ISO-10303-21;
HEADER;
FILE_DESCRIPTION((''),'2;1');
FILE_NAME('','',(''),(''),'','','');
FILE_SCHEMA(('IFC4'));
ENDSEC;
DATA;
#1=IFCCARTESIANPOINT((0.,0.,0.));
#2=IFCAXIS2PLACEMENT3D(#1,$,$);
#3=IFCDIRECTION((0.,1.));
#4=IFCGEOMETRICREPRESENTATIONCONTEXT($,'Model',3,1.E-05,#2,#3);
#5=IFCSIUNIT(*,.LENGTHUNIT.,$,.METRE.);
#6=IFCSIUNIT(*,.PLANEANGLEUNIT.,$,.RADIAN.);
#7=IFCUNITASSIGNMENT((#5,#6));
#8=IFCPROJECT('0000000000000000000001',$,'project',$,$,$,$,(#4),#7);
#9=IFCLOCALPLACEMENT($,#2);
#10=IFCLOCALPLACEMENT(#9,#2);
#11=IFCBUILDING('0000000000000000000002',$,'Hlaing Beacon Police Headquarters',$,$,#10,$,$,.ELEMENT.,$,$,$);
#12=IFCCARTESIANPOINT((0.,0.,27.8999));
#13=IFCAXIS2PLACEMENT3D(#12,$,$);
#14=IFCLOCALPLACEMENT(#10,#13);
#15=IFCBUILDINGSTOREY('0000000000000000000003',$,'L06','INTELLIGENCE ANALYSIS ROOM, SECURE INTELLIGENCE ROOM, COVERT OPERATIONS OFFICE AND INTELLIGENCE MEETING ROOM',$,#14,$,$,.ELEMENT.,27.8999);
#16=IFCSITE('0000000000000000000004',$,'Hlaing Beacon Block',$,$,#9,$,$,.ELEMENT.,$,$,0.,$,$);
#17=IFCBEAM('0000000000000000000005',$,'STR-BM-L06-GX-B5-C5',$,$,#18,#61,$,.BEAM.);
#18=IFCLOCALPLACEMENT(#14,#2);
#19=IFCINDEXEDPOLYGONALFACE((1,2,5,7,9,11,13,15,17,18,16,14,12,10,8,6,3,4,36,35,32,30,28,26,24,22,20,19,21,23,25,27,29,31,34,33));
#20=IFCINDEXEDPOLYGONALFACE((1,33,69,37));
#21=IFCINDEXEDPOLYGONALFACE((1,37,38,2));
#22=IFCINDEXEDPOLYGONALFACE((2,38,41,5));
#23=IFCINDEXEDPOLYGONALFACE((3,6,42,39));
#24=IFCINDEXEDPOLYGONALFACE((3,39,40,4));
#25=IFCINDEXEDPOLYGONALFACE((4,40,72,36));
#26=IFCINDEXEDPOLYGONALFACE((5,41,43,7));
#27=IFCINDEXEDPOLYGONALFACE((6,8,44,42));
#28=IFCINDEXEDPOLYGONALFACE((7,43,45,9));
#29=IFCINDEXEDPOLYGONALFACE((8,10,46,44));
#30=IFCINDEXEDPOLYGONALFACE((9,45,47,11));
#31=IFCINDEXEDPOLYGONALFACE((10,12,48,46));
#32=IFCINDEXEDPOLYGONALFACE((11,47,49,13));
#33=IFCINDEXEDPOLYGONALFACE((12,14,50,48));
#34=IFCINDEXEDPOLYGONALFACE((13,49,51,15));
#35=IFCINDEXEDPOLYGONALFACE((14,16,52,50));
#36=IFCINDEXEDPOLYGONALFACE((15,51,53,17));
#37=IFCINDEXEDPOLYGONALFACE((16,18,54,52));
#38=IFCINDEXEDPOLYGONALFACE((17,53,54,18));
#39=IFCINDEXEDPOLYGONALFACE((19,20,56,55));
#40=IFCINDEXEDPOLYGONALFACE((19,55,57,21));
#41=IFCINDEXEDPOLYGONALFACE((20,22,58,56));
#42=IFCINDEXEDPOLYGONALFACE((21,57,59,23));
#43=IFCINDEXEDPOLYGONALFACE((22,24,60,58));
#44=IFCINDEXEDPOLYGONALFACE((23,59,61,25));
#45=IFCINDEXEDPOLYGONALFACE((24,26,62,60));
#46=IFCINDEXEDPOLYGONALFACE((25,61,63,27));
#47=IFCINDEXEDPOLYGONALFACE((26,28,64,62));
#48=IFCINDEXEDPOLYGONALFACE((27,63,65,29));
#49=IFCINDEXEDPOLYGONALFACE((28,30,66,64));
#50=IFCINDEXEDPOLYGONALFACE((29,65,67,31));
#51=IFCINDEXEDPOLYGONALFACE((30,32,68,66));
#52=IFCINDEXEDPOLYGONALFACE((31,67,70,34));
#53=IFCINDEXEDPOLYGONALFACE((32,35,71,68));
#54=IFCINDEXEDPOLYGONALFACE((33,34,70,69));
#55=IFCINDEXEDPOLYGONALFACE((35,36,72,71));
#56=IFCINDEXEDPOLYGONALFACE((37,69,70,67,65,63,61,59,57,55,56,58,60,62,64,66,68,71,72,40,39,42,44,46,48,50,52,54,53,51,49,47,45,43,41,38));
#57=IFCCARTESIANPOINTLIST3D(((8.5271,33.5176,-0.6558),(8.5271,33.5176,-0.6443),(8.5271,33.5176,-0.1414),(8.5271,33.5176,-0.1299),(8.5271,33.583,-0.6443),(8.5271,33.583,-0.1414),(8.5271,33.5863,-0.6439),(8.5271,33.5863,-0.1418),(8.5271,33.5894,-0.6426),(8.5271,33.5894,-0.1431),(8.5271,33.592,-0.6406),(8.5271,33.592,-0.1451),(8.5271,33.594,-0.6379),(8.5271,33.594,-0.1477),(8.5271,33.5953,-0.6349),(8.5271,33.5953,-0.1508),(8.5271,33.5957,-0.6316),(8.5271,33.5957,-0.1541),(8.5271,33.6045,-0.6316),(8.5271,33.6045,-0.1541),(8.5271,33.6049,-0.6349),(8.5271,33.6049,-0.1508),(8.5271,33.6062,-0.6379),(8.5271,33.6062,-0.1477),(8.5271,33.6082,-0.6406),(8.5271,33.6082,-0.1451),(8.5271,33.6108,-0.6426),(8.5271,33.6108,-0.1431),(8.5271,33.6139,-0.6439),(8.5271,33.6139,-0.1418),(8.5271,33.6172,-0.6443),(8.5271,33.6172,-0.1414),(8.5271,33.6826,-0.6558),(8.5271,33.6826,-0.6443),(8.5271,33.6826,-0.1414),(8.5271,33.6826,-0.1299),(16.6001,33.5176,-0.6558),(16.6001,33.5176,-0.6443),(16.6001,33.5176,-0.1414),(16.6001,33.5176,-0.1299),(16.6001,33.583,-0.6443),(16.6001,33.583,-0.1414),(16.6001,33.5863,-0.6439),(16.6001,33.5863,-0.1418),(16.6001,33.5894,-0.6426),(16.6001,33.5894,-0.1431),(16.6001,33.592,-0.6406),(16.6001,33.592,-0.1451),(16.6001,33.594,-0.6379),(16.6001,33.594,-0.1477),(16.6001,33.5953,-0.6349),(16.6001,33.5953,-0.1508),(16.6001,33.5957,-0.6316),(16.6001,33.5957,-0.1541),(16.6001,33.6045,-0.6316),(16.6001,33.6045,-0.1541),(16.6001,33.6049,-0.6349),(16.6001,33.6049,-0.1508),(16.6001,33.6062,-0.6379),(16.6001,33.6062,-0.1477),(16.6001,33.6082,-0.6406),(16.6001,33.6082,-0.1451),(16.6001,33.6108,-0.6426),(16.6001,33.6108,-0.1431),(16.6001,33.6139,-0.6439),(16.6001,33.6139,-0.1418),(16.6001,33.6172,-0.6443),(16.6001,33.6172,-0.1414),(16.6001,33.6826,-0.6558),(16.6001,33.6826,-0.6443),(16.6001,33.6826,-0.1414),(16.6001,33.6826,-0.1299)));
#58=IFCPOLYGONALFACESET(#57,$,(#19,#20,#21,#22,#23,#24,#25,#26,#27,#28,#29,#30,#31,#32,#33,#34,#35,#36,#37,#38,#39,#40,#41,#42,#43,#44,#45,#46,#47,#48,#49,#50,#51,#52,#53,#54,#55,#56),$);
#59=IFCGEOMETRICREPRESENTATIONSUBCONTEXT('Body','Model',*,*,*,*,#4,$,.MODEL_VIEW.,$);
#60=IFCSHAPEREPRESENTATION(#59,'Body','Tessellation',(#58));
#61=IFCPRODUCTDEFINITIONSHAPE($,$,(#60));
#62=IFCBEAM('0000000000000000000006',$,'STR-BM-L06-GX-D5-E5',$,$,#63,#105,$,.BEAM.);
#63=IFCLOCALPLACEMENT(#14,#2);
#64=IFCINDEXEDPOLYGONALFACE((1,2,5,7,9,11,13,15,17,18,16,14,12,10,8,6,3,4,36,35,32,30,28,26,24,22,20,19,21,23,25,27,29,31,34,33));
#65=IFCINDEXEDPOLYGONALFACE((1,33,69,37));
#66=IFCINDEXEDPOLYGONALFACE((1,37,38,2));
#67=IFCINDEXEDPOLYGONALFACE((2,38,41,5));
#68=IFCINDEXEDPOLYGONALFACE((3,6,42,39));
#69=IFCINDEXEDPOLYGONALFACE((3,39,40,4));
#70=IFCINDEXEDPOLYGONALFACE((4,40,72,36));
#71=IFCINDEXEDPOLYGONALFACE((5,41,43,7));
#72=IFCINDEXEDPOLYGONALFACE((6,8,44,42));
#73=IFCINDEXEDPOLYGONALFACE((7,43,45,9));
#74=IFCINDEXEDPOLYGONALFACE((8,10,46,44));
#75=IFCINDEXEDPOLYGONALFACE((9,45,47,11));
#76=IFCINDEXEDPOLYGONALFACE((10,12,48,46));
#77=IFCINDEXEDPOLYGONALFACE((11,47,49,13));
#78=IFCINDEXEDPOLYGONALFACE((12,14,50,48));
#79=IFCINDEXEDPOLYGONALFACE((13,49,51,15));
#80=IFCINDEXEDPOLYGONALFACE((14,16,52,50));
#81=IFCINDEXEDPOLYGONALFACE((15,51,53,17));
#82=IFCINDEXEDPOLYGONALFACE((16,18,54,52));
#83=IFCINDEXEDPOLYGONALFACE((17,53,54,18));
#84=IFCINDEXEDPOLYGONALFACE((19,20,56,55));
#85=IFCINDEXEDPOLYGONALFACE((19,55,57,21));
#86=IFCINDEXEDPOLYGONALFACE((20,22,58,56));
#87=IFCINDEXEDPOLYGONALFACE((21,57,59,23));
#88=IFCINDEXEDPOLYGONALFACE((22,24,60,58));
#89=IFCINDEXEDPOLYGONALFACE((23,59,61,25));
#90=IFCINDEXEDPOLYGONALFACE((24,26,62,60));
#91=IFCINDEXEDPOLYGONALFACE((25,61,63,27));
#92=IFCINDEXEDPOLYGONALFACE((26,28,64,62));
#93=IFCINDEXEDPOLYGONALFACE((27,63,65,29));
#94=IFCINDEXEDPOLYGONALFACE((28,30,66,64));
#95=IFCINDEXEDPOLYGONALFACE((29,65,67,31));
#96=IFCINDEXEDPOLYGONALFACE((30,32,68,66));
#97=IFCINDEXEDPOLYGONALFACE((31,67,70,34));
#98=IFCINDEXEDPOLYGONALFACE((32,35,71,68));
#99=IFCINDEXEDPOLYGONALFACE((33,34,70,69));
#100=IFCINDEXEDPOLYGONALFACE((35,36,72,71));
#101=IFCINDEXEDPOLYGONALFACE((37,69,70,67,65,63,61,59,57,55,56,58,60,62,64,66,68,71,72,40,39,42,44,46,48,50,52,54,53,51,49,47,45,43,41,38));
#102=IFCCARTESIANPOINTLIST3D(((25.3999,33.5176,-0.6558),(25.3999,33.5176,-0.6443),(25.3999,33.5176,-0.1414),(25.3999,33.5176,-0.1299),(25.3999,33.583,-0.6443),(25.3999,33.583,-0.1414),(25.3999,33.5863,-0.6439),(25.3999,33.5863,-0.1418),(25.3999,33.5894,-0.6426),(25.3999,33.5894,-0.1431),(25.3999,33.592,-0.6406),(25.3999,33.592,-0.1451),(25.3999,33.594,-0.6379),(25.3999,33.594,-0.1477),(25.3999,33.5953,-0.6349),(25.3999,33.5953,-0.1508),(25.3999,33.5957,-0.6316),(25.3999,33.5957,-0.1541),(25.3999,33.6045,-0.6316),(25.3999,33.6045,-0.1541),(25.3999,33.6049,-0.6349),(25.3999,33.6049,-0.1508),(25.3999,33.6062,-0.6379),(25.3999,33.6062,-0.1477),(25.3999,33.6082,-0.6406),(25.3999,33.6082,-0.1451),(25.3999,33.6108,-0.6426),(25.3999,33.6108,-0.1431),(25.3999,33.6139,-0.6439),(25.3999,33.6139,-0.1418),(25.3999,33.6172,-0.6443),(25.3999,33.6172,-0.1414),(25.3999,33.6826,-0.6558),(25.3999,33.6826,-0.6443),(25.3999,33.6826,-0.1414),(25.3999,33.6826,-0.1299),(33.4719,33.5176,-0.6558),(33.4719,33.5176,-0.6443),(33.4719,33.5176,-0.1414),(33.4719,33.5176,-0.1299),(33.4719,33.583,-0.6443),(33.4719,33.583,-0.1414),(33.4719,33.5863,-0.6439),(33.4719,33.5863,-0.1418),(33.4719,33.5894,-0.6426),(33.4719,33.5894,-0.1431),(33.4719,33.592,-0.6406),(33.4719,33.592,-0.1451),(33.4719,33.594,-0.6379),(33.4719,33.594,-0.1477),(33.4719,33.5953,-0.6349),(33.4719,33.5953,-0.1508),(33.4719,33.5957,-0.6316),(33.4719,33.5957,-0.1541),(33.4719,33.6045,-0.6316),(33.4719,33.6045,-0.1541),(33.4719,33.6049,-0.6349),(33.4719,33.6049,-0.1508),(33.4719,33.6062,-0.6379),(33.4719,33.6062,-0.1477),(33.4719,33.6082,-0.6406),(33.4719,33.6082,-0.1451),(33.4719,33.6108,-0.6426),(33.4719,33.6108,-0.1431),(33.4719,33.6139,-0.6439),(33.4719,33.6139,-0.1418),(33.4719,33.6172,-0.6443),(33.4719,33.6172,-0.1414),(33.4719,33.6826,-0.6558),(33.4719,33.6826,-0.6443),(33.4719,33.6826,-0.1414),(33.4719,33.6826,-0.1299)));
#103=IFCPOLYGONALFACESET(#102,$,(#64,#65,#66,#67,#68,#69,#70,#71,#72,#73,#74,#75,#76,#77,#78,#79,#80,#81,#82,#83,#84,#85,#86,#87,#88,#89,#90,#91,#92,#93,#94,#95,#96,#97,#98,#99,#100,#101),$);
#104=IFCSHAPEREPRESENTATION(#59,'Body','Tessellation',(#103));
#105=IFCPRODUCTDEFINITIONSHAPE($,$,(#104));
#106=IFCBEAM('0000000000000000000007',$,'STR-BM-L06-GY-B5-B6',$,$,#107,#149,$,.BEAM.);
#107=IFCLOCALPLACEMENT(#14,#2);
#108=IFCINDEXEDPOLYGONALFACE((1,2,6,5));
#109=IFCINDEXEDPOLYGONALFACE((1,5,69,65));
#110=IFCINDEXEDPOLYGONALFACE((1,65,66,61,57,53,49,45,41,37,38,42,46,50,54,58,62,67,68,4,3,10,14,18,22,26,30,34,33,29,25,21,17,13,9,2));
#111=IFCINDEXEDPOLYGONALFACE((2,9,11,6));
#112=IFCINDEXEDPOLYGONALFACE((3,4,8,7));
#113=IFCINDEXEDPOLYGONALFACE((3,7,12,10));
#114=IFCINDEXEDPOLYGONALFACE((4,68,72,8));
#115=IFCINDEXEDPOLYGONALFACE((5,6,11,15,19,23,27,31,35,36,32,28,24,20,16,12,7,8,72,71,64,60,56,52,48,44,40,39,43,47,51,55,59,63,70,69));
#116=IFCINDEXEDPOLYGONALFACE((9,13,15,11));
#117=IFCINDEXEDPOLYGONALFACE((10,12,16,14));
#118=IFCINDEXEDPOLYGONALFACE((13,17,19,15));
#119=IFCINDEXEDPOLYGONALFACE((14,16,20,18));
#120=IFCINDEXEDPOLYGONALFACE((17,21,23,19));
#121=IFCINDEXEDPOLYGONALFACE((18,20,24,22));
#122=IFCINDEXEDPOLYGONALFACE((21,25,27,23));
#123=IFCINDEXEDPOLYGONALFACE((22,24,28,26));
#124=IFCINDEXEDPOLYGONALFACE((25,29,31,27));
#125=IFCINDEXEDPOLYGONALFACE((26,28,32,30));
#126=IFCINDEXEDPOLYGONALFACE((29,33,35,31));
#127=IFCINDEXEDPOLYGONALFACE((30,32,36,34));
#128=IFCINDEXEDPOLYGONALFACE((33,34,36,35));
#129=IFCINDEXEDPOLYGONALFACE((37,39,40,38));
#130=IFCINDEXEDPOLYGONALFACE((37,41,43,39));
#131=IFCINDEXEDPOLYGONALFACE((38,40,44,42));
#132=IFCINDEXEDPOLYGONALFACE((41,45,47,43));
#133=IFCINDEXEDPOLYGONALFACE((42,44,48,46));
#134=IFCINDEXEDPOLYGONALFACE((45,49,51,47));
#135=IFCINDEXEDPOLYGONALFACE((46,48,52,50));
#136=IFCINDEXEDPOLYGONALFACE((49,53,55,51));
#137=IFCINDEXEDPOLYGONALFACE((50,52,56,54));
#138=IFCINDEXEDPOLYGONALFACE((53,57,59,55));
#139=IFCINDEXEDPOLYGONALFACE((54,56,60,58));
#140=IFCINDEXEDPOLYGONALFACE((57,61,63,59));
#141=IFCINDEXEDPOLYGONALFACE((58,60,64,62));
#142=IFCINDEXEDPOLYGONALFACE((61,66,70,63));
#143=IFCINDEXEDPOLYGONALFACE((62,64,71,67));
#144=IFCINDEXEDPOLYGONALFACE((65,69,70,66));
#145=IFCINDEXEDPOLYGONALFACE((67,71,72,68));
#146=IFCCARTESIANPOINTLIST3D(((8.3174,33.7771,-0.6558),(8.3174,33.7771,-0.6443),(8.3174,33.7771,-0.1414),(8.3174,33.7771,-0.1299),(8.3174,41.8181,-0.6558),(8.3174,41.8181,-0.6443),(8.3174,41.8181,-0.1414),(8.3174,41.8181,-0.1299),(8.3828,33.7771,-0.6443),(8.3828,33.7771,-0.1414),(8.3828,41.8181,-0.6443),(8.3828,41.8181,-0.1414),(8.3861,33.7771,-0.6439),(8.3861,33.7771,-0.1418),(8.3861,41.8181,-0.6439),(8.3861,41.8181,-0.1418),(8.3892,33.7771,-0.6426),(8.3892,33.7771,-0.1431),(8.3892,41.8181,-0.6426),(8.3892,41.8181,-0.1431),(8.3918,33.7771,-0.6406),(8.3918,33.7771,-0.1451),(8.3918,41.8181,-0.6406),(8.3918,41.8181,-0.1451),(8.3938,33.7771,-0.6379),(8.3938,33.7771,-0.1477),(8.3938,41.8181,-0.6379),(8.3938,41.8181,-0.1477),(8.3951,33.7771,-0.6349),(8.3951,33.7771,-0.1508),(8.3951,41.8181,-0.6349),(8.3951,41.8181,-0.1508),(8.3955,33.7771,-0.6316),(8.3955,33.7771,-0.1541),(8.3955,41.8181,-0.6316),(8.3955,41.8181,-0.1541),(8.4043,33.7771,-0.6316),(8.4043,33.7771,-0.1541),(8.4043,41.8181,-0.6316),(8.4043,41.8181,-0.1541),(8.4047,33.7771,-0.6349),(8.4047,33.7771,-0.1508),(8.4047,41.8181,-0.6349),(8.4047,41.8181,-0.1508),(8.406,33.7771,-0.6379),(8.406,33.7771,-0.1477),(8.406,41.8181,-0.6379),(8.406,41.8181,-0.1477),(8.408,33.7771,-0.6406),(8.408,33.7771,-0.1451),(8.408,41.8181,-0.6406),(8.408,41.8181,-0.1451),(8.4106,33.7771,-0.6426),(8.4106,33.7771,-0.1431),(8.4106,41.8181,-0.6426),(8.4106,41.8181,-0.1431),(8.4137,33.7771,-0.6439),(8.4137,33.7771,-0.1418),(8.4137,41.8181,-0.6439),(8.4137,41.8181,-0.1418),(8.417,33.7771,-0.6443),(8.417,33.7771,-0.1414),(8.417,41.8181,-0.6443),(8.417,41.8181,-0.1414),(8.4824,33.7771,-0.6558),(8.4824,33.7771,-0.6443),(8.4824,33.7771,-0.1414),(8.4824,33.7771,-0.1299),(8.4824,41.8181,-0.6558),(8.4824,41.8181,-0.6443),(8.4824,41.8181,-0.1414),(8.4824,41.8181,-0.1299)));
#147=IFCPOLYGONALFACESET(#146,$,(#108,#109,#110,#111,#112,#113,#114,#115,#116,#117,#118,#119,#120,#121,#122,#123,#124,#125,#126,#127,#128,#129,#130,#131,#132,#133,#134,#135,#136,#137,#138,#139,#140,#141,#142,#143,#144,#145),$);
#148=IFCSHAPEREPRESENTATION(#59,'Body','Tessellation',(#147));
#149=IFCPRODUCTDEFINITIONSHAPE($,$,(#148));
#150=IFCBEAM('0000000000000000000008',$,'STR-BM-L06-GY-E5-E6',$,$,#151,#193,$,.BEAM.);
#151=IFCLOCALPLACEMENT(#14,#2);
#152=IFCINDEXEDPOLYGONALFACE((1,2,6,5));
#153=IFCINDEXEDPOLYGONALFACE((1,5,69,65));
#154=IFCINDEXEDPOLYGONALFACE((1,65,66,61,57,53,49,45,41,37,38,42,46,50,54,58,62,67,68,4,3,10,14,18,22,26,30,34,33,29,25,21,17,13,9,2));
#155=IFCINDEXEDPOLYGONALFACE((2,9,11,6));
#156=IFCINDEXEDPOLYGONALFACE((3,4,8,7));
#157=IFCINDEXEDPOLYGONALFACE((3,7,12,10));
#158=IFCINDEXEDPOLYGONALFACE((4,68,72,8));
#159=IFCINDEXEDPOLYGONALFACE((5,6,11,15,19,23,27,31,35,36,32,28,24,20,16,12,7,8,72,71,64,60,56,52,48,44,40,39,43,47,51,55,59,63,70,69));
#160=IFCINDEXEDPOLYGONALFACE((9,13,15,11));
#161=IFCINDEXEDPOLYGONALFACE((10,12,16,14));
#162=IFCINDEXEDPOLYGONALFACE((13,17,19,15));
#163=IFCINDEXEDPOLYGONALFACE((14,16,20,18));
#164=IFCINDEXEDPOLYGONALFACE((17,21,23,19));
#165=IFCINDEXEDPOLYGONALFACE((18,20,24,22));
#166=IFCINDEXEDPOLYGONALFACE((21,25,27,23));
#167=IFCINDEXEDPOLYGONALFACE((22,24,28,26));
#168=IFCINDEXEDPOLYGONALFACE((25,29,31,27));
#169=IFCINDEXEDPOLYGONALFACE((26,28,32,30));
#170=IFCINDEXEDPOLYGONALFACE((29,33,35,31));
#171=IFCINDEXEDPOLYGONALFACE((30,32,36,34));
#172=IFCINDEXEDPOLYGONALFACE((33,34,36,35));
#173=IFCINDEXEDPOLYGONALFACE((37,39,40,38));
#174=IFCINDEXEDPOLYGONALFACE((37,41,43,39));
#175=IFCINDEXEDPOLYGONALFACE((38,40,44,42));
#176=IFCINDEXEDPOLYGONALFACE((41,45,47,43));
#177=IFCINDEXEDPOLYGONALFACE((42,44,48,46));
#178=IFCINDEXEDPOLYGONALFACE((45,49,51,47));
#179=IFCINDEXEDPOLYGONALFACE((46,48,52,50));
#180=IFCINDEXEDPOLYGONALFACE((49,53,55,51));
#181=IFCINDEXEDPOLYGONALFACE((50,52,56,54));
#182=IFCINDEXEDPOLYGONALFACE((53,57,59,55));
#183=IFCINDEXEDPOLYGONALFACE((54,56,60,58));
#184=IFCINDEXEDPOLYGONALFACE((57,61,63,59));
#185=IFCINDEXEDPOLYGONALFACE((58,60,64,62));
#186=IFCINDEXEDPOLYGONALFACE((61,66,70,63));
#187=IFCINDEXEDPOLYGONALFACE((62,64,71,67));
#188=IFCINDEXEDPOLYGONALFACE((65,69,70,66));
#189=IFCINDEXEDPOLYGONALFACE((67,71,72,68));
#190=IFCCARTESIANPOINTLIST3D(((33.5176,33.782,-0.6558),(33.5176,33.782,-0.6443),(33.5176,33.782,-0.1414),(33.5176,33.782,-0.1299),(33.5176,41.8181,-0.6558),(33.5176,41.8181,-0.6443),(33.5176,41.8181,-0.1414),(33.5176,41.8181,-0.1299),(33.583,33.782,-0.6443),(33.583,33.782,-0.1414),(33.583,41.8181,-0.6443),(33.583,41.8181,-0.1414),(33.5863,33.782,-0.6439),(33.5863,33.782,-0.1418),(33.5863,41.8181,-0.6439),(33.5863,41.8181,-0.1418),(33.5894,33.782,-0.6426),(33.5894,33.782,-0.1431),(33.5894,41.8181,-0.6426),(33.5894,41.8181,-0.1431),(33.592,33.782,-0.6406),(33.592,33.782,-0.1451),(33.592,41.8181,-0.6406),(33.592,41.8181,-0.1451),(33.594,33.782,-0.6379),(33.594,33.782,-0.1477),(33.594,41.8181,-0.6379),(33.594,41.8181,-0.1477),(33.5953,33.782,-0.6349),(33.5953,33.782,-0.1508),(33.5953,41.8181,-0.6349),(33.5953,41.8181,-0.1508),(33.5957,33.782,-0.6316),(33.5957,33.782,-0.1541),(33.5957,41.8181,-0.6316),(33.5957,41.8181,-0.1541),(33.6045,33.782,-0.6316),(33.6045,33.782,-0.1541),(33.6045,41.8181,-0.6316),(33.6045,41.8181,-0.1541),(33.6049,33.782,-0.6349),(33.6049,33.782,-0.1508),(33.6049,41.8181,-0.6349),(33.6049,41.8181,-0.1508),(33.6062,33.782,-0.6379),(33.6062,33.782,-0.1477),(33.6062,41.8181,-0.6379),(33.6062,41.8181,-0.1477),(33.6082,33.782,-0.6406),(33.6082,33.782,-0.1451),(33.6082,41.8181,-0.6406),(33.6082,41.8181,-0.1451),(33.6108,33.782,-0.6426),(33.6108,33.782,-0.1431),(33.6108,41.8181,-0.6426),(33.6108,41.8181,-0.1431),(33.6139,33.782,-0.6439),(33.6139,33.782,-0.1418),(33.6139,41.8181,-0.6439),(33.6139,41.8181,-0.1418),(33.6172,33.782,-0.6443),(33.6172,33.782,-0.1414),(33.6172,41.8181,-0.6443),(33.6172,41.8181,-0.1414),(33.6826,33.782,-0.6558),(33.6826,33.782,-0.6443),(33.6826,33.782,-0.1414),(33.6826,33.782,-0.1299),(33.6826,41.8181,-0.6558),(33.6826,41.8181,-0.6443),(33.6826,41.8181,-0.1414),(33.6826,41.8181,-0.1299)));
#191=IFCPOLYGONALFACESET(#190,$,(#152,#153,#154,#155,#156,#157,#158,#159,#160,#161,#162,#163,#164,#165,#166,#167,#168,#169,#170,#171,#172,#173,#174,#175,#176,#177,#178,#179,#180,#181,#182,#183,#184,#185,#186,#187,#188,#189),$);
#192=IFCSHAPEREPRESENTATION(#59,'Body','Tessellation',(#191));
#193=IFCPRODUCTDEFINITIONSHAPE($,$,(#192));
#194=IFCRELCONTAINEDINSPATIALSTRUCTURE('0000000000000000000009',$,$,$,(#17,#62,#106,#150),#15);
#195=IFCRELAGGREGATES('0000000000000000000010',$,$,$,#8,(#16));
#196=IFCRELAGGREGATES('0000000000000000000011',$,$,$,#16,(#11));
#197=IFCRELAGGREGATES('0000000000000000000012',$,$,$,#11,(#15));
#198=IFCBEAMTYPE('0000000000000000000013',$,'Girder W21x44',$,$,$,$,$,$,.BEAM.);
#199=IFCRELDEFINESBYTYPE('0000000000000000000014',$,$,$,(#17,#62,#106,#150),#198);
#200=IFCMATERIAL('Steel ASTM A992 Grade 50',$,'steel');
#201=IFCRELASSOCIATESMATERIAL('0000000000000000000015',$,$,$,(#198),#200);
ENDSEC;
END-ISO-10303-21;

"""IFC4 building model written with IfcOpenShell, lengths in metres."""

from ifc_helpers import new_model, si_unit, direction, frame, origin, origin_2d, place, context, subcontext, project, spatial, i_section, extrude, material, material_profile, profile_set, type_object, element, save


model = new_model("IFC4")

# Units and contexts
model_context = context("Model", 3, precision=1e-05, world=origin(), true_north=direction((0.0, 1.0)))
body_context = subcontext(model_context, "Body", "Model", "MODEL_VIEW")
ifc_project = project(units=[si_unit("LENGTHUNIT", "METRE"), si_unit("PLANEANGLEUNIT", "RADIAN")], contexts=[model_context])

# Site, building, storey
site_placement = place(None, origin())
site = spatial("IfcSite", under=ifc_project, at=site_placement, Name="Hlaing Beacon Block", CompositionType="ELEMENT", RefElevation=0.0)
building_placement = place(site_placement, origin())
building = spatial("IfcBuilding", under=site, at=building_placement, Name="Hlaing Beacon Police Headquarters", CompositionType="ELEMENT")
storey_placement = place(building_placement, frame((0.0, 0.0, 27.8999)))
storey = spatial("IfcBuildingStorey", under=building, at=storey_placement, Name="L06", Description="INTELLIGENCE ANALYSIS ROOM, SECURE INTELLIGENCE ROOM, COVERT OPERATIONS OFFICE AND INTELLIGENCE MEETING ROOM", CompositionType="ELEMENT", Elevation=27.8999)

# Beams
ifc_material_1 = material(Name="Steel ASTM A992 Grade 50", Category="steel")
ifc_material_profile_1 = material_profile(ifc_material_1, i_section(OverallWidth=0.165, OverallDepth=0.5259, WebThickness=0.0088, FlangeThickness=0.0115, FilletRadius=0.0127, at=origin_2d()), Name="W21x44")
ifc_profile_set_1 = profile_set([ifc_material_profile_1], Name="Steel ASTM A992 Grade 50")
beam_type_1 = type_object("IfcBeamType", Name="Girder W21x44", PredefinedType="BEAM", material=ifc_profile_set_1)
beam_1_placement = place(storey_placement, frame((8.5271, 33.6001, -0.3928), z_axis=(1.0, 0.0, 0.0), x_axis=(0.0, 1.0, 0.0)))
element("IfcBeam", 1, at=beam_1_placement, inside=storey, type_object=beam_type_1, Name="STR-BM-L06-GX-B5-C5", PredefinedType="BEAM", context=body_context, shape_type="SweptSolid", body=[
    extrude(i_section(OverallWidth=0.165, OverallDepth=0.5259, WebThickness=0.0088, FlangeThickness=0.0115, FilletRadius=0.0127, at=origin_2d()), origin(), (0.0, 0.0, 1.0), 8.073),
])
beam_2_placement = place(storey_placement, frame((25.3999, 33.6001, -0.3928), z_axis=(1.0, 0.0, 0.0), x_axis=(0.0, 1.0, 0.0)))
element("IfcBeam", 2, at=beam_2_placement, inside=storey, type_object=beam_type_1, Name="STR-BM-L06-GX-D5-E5", PredefinedType="BEAM", context=body_context, shape_type="SweptSolid", body=[
    extrude(i_section(OverallWidth=0.165, OverallDepth=0.5259, WebThickness=0.0088, FlangeThickness=0.0115, FilletRadius=0.0127, at=origin_2d()), origin(), (0.0, 0.0, 1.0), 8.072),
])
beam_3_placement = place(storey_placement, frame((8.3999, 33.7771, -0.3928), z_axis=(0.0, 1.0, 0.0), x_axis=(-1.0, 0.0, 0.0)))
element("IfcBeam", 3, at=beam_3_placement, inside=storey, type_object=beam_type_1, Name="STR-BM-L06-GY-B5-B6", PredefinedType="BEAM", context=body_context, shape_type="SweptSolid", body=[
    extrude(i_section(OverallWidth=0.165, OverallDepth=0.5259, WebThickness=0.0088, FlangeThickness=0.0115, FilletRadius=0.0127, at=origin_2d()), origin(), (0.0, 0.0, 1.0), 8.041),
])
beam_4_placement = place(storey_placement, frame((33.6001, 33.782, -0.3928), z_axis=(0.0, 1.0, 0.0), x_axis=(-1.0, 0.0, 0.0)))
element("IfcBeam", 4, at=beam_4_placement, inside=storey, type_object=beam_type_1, Name="STR-BM-L06-GY-E5-E6", PredefinedType="BEAM", context=body_context, shape_type="SweptSolid", body=[
    extrude(i_section(OverallWidth=0.165, OverallDepth=0.5259, WebThickness=0.0088, FlangeThickness=0.0115, FilletRadius=0.0127, at=origin_2d()), origin(), (0.0, 0.0, 1.0), 8.0361),
])

save(model, "model.ifc")
